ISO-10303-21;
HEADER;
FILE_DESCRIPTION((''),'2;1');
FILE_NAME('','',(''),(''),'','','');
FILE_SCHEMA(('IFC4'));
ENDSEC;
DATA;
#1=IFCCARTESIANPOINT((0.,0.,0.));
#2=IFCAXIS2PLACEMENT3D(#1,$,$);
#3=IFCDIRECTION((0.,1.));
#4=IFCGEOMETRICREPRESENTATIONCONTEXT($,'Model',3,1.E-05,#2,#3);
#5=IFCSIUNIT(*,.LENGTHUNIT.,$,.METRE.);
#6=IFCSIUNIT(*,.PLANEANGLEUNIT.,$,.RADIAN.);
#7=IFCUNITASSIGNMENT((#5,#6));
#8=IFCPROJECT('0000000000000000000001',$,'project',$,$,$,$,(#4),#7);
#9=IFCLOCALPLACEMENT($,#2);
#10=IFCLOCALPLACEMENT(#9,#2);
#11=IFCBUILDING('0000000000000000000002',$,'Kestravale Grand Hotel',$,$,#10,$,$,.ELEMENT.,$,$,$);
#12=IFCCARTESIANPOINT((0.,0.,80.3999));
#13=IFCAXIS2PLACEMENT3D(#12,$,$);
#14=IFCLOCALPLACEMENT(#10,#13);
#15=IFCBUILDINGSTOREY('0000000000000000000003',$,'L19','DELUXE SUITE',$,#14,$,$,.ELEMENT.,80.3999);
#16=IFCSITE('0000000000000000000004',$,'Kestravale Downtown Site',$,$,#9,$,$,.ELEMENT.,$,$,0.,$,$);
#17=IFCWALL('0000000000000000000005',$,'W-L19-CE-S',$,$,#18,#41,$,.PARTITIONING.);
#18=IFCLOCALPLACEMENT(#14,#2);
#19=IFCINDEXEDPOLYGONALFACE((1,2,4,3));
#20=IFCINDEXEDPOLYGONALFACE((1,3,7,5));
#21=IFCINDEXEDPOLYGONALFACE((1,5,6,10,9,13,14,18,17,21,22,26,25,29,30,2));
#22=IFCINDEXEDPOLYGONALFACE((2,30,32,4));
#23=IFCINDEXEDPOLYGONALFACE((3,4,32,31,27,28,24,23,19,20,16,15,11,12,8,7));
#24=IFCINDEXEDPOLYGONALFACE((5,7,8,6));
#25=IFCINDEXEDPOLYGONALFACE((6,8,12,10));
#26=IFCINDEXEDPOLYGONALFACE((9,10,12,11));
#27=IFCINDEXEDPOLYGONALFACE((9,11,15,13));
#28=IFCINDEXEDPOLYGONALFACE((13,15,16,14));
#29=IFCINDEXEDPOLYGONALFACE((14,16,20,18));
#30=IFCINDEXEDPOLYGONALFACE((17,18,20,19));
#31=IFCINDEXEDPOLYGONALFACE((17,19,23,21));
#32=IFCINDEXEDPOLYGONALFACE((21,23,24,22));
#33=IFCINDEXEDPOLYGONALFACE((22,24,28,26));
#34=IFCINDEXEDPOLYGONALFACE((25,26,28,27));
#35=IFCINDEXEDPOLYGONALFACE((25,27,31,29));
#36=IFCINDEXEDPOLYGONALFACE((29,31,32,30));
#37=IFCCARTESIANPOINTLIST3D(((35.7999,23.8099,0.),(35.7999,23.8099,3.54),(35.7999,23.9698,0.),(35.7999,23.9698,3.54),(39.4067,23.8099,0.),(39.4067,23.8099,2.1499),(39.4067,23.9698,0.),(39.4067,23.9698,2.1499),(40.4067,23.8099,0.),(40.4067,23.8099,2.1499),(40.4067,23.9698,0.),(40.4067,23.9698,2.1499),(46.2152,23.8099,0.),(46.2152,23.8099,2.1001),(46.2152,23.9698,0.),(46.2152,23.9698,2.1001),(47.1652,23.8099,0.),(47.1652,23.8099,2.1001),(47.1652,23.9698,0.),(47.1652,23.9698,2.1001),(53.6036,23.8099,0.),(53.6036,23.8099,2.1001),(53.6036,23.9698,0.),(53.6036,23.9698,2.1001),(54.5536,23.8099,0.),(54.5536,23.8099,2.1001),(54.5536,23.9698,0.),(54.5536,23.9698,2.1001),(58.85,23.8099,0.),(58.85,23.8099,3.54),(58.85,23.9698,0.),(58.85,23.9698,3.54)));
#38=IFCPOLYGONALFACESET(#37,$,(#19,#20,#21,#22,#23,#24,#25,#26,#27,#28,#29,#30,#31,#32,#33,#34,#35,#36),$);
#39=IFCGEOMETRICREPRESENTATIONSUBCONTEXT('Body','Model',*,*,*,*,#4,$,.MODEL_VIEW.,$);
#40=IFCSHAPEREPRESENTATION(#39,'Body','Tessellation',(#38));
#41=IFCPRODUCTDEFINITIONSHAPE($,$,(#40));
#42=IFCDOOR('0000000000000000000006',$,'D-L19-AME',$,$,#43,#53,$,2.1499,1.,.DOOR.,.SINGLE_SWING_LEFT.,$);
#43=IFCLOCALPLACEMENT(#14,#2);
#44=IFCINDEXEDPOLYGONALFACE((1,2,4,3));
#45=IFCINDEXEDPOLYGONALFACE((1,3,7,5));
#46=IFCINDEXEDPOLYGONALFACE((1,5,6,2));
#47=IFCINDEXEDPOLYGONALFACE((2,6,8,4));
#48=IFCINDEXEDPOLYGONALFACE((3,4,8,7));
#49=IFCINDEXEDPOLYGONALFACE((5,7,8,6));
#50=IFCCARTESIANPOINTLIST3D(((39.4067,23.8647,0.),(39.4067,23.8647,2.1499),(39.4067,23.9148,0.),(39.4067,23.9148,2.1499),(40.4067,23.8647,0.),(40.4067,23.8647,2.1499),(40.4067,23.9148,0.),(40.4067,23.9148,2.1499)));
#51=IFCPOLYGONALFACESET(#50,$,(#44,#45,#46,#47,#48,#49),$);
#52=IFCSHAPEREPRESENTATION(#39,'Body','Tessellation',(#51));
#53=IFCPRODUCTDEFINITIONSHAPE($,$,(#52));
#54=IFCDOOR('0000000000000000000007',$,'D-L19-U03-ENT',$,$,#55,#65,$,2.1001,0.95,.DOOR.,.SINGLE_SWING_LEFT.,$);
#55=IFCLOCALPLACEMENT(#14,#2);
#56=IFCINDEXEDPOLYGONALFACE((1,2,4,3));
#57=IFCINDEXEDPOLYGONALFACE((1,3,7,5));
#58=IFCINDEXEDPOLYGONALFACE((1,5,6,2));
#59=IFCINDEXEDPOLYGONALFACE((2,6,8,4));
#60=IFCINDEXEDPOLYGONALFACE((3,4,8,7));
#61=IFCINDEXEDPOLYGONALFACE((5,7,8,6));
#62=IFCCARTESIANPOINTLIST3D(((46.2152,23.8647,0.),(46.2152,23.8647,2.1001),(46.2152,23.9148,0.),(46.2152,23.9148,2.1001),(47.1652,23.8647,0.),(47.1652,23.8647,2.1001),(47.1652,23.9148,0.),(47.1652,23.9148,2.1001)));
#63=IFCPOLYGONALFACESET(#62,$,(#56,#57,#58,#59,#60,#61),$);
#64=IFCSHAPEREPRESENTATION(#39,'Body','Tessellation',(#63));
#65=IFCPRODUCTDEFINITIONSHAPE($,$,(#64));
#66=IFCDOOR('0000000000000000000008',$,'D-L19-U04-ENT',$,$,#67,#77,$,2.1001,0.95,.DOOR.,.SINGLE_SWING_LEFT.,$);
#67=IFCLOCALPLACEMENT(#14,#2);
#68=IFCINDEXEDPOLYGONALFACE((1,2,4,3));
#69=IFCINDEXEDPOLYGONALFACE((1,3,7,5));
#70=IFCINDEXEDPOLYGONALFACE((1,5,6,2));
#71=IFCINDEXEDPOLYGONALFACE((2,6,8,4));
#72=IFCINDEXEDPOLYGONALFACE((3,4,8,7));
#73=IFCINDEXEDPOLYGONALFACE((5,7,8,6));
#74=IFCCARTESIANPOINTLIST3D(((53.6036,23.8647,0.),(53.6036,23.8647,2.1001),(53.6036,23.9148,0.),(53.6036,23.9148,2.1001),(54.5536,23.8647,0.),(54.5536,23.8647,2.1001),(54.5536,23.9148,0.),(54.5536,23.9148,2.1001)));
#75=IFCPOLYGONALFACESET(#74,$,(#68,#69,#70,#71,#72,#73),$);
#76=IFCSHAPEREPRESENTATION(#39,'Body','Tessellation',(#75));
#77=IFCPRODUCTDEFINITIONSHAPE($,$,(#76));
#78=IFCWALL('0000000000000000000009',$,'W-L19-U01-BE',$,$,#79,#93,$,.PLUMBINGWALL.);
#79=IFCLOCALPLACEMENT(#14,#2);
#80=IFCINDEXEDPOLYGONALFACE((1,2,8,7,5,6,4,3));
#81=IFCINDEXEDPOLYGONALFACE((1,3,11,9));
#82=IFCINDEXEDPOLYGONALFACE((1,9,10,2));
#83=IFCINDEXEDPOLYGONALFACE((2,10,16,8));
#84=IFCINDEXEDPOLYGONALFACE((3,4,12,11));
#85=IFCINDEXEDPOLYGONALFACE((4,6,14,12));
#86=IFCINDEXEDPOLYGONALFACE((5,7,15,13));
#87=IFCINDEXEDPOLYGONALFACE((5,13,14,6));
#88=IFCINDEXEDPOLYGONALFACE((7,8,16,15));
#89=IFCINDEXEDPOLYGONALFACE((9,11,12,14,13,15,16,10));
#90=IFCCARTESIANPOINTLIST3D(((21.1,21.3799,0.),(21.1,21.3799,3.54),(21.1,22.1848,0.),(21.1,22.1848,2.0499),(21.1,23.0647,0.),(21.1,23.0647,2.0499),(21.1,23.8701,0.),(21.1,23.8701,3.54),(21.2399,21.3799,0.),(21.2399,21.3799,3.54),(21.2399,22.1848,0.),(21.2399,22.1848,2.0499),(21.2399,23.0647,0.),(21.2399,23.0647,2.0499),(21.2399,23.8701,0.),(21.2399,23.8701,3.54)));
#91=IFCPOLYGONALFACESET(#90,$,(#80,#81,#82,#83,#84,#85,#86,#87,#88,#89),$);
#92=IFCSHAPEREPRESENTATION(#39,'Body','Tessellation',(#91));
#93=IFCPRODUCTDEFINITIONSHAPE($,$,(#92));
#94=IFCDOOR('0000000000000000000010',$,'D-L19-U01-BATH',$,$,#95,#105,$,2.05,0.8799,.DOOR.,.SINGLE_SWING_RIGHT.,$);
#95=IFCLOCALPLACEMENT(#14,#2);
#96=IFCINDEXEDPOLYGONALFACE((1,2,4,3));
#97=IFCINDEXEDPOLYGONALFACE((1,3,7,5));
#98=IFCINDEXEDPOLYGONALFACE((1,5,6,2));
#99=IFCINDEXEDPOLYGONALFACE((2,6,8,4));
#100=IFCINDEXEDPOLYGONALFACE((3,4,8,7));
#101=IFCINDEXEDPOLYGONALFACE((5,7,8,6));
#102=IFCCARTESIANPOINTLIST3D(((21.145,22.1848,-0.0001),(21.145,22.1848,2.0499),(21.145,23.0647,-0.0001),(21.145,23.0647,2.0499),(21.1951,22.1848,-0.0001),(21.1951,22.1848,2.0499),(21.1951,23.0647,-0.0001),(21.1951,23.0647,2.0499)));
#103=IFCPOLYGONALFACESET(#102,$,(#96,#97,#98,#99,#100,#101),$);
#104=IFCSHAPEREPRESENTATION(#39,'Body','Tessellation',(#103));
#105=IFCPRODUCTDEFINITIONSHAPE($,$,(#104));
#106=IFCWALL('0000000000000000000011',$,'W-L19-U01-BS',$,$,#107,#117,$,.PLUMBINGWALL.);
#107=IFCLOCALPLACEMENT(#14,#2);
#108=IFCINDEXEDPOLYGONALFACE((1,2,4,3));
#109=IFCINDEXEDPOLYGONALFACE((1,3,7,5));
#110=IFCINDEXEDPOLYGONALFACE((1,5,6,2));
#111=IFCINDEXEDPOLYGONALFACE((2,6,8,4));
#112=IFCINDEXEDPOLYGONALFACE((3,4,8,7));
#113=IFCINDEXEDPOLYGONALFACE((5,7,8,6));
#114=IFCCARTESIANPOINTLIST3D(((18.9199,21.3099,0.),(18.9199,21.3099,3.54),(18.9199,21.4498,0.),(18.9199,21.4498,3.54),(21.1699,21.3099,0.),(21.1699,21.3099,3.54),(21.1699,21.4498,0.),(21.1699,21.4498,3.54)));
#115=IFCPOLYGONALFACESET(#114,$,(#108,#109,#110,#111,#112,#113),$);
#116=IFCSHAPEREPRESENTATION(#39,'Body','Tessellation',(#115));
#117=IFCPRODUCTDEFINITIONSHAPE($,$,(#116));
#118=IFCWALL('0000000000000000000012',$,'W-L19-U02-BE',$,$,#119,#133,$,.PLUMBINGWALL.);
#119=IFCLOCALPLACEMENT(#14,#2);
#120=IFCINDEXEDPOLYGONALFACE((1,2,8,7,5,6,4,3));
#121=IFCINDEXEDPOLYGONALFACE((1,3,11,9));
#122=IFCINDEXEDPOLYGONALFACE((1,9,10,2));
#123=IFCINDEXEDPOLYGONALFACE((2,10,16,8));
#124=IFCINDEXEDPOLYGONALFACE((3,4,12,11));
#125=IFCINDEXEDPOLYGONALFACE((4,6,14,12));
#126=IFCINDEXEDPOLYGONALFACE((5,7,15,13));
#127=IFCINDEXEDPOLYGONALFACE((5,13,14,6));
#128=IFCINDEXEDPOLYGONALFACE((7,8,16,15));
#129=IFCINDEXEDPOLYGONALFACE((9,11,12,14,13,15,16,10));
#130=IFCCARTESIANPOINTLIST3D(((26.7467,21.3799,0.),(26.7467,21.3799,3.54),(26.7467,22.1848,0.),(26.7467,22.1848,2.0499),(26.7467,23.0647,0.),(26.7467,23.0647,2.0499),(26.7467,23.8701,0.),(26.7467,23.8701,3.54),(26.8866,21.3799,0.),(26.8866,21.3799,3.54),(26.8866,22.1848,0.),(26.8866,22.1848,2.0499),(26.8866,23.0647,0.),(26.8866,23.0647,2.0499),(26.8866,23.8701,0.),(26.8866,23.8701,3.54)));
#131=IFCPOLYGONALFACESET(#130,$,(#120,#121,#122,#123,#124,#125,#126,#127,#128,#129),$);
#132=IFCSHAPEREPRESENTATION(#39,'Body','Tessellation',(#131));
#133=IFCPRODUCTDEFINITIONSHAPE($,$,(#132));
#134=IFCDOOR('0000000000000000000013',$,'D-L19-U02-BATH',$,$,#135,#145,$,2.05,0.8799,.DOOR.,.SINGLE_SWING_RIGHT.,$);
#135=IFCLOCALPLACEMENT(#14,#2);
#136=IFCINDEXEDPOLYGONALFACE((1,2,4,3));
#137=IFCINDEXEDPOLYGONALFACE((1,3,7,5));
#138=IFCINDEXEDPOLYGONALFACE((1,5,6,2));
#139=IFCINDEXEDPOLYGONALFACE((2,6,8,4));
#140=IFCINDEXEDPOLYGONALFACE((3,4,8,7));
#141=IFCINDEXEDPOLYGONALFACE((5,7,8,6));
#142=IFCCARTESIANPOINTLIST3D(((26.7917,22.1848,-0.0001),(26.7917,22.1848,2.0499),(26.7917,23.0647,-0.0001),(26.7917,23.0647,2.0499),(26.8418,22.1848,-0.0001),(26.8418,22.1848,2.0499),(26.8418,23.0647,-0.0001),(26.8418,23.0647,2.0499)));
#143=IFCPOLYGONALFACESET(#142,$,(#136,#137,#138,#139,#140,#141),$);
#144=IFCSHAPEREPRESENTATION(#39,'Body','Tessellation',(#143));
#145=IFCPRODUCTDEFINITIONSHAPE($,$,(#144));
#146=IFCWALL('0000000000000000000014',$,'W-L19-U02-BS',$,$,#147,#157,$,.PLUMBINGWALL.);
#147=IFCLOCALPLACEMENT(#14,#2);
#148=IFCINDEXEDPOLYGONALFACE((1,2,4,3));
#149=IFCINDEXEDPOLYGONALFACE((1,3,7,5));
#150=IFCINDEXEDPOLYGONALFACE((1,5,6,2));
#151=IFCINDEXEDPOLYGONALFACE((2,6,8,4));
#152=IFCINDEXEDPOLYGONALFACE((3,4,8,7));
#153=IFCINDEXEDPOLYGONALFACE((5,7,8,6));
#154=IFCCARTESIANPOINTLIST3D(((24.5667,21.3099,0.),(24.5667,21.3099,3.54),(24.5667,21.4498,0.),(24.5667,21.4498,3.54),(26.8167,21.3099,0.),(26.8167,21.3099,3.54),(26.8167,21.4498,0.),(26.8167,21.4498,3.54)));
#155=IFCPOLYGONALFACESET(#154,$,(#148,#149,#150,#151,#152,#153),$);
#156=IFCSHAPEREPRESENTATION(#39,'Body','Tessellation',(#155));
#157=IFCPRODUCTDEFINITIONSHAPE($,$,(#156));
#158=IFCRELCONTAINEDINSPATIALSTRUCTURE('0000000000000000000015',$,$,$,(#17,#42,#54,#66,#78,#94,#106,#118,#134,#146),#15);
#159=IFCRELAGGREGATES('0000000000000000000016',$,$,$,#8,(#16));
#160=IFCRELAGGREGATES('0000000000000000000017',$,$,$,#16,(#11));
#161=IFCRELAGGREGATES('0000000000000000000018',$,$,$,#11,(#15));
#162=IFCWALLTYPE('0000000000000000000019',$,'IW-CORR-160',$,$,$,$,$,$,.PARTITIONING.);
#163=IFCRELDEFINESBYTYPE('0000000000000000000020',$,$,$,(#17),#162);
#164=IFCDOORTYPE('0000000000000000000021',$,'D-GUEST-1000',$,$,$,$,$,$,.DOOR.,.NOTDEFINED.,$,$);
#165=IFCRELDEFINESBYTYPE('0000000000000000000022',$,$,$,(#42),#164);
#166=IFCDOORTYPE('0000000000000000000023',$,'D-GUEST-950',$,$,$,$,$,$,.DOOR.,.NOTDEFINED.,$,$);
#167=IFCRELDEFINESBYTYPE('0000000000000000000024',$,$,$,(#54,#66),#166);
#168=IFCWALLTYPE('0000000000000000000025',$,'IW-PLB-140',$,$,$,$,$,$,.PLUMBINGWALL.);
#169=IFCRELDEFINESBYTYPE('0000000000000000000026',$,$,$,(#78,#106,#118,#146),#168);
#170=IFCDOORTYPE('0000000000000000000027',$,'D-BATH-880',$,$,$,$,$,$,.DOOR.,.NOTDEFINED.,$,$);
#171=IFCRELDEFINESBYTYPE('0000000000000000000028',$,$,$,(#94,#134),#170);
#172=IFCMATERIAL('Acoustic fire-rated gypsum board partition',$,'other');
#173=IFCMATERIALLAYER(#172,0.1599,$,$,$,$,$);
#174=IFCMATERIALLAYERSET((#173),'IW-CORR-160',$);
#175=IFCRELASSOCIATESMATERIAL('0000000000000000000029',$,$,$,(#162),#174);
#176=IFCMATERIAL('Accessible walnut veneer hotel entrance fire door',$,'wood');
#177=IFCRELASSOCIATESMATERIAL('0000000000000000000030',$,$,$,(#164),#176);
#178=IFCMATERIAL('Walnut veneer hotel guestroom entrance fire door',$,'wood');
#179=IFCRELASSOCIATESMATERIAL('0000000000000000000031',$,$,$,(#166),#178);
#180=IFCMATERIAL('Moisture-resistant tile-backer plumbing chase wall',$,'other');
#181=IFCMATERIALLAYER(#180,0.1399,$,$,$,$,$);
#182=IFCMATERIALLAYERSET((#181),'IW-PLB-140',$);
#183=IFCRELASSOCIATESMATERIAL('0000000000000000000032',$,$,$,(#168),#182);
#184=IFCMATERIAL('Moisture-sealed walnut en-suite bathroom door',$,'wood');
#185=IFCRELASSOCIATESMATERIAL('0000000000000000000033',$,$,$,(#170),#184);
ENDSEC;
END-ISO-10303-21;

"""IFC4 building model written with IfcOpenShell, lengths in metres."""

from ifc_helpers import new_model, si_unit, direction, frame, frame_2d, origin, place, context, subcontext, project, spatial, rectangle, extrude, material, layer, layer_set, type_object, element, fill, save


model = new_model("IFC4")

# Units and contexts
model_context = context("Model", 3, precision=1e-05, world=origin(), true_north=direction((0.0, 1.0)))
body_context = subcontext(model_context, "Body", "Model", "MODEL_VIEW")
ifc_project = project(units=[si_unit("LENGTHUNIT", "METRE"), si_unit("PLANEANGLEUNIT", "RADIAN")], contexts=[model_context])

# Site, building, storey
site_placement = place(None, origin())
site = spatial("IfcSite", under=ifc_project, at=site_placement, Name="Kestravale Downtown Site", CompositionType="ELEMENT", RefElevation=0.0)
building_placement = place(site_placement, origin())
building = spatial("IfcBuilding", under=site, at=building_placement, Name="Kestravale Grand Hotel", CompositionType="ELEMENT")
storey_placement = place(building_placement, frame((0.0, 0.0, 80.3999)))
storey = spatial("IfcBuildingStorey", under=building, at=storey_placement, Name="L19", Description="DELUXE SUITE", CompositionType="ELEMENT", Elevation=80.3999)

# Shared definitions
ifc_material_1 = material(Name="Acoustic fire-rated gypsum board partition", Category="other")
ifc_layer_1 = layer(ifc_material_1, 0.1599)
ifc_layer_set_1 = layer_set([ifc_layer_1], Name="IW-CORR-160")
wall_type_1 = type_object("IfcWallType", Name="IW-CORR-160", PredefinedType="PARTITIONING", material=ifc_layer_set_1)

# Wall, openings, doors
wall_1_placement = place(storey_placement, frame((35.8, 23.8899, 0.0), z_axis=(0.0, 0.0, 1.0), x_axis=(1.0, 0.0, 0.0)))
wall_1 = element("IfcWall", 1, at=wall_1_placement, inside=storey, type_object=wall_type_1, Name="W-L19-CE-S", PredefinedType="PARTITIONING", context=body_context, shape_type="SweptSolid", body=[
    extrude(rectangle(XDim=23.05, YDim=0.1599, at=frame_2d((11.5249, 0.0))), origin(), (0.0, 0.0, 1.0), 3.54),
])
opening_1_placement = place(wall_1_placement, frame((3.6067, 0.0, 0.0)))
opening_1 = element("IfcOpeningElement", 2, at=opening_1_placement, cuts=wall_1, PredefinedType="OPENING", context=body_context, shape_type="SweptSolid", body=[
    extrude(rectangle(XDim=1.0, YDim=2.1499, at=frame_2d((0.5, 1.075))), frame((0.0, 0.0898, 0.0), z_axis=(0.0, -1.0, 0.0), x_axis=(1.0, 0.0, 0.0)), (0.0, 0.0, 1.0), 0.1799),
])
opening_2_placement = place(wall_1_placement, frame((10.415, 0.0, 0.0)))
opening_2 = element("IfcOpeningElement", 3, at=opening_2_placement, cuts=wall_1, PredefinedType="OPENING", context=body_context, shape_type="SweptSolid", body=[
    extrude(rectangle(XDim=0.95, YDim=2.1001, at=frame_2d((0.4751, 1.05))), frame((0.0, 0.0898, 0.0), z_axis=(0.0, -1.0, 0.0), x_axis=(1.0, 0.0, 0.0)), (0.0, 0.0, 1.0), 0.1799),
])
opening_3_placement = place(wall_1_placement, frame((17.8035, 0.0, 0.0)))
opening_3 = element("IfcOpeningElement", 4, at=opening_3_placement, cuts=wall_1, PredefinedType="OPENING", context=body_context, shape_type="SweptSolid", body=[
    extrude(rectangle(XDim=0.95, YDim=2.1001, at=frame_2d((0.4751, 1.05))), frame((0.0, 0.0898, 0.0), z_axis=(0.0, -1.0, 0.0), x_axis=(1.0, 0.0, 0.0)), (0.0, 0.0, 1.0), 0.1799),
])
ifc_material_2 = material(Name="Accessible walnut veneer hotel entrance fire door", Category="wood")
door_type_1 = type_object("IfcDoorType", Name="D-GUEST-1000", OperationType="NOTDEFINED", PredefinedType="DOOR", material=ifc_material_2)
door_1_placement = place(opening_1_placement, origin())
door_1 = element("IfcDoor", 5, at=door_1_placement, inside=storey, type_object=door_type_1, Name="D-L19-AME", OperationType="SINGLE_SWING_LEFT", OverallHeight=2.1499, OverallWidth=1.0, PredefinedType="DOOR", context=body_context, shape_type="SweptSolid", body=[
    extrude(rectangle(XDim=1.0, YDim=2.1499, at=frame_2d((0.5, 1.075))), frame((0.0, 0.0249, 0.0), z_axis=(0.0, -1.0, 0.0), x_axis=(1.0, 0.0, 0.0)), (0.0, 0.0, 1.0), 0.05),
])
fill(opening_1, door_1)
ifc_material_3 = material(Name="Walnut veneer hotel guestroom entrance fire door", Category="wood")
door_type_2 = type_object("IfcDoorType", Name="D-GUEST-950", OperationType="NOTDEFINED", PredefinedType="DOOR", material=ifc_material_3)
door_2_placement = place(opening_2_placement, origin())
door_2 = element("IfcDoor", 6, at=door_2_placement, inside=storey, type_object=door_type_2, Name="D-L19-U03-ENT", OperationType="SINGLE_SWING_LEFT", OverallHeight=2.1001, OverallWidth=0.95, PredefinedType="DOOR", context=body_context, shape_type="SweptSolid", body=[
    extrude(rectangle(XDim=0.95, YDim=2.1001, at=frame_2d((0.4751, 1.05))), frame((0.0, 0.0249, 0.0), z_axis=(0.0, -1.0, 0.0), x_axis=(1.0, 0.0, 0.0)), (0.0, 0.0, 1.0), 0.05),
])
fill(opening_2, door_2)
door_3_placement = place(opening_3_placement, origin())
door_3 = element("IfcDoor", 7, at=door_3_placement, inside=storey, type_object=door_type_2, Name="D-L19-U04-ENT", OperationType="SINGLE_SWING_LEFT", OverallHeight=2.1001, OverallWidth=0.95, PredefinedType="DOOR", context=body_context, shape_type="SweptSolid", body=[
    extrude(rectangle(XDim=0.95, YDim=2.1001, at=frame_2d((0.4751, 1.05))), frame((0.0, 0.0249, 0.0), z_axis=(0.0, -1.0, 0.0), x_axis=(1.0, 0.0, 0.0)), (0.0, 0.0, 1.0), 0.05),
])
fill(opening_3, door_3)

# Wall, opening, door
ifc_material_4 = material(Name="Moisture-resistant tile-backer plumbing chase wall", Category="other")
ifc_layer_2 = layer(ifc_material_4, 0.1399)
ifc_layer_set_2 = layer_set([ifc_layer_2], Name="IW-PLB-140")
wall_type_2 = type_object("IfcWallType", Name="IW-PLB-140", PredefinedType="PLUMBINGWALL", material=ifc_layer_set_2)
wall_2_placement = place(storey_placement, frame((21.1699, 21.3799, 0.0), z_axis=(0.0, 0.0, 1.0), x_axis=(0.0, 1.0, 0.0)))
wall_2 = element("IfcWall", 8, at=wall_2_placement, inside=storey, type_object=wall_type_2, Name="W-L19-U01-BE", PredefinedType="PLUMBINGWALL", context=body_context, shape_type="SweptSolid", body=[
    extrude(rectangle(XDim=2.4902, YDim=0.1399, at=frame_2d((1.2451, 0.0))), origin(), (0.0, 0.0, 1.0), 3.54),
])
opening_4_placement = place(wall_2_placement, frame((0.8049, 0.0, 0.0)))
opening_4 = element("IfcOpeningElement", 9, at=opening_4_placement, cuts=wall_2, PredefinedType="OPENING", context=body_context, shape_type="SweptSolid", body=[
    extrude(rectangle(XDim=0.8799, YDim=2.05, at=frame_2d((0.4399, 1.0249))), frame((0.0, 0.0798, 0.0), z_axis=(0.0, -1.0, 0.0), x_axis=(1.0, 0.0, 0.0)), (0.0, 0.0, 1.0), 0.1599),
])
ifc_material_5 = material(Name="Moisture-sealed walnut en-suite bathroom door", Category="wood")
door_type_3 = type_object("IfcDoorType", Name="D-BATH-880", OperationType="NOTDEFINED", PredefinedType="DOOR", material=ifc_material_5)
door_4_placement = place(opening_4_placement, origin())
door_4 = element("IfcDoor", 10, at=door_4_placement, inside=storey, type_object=door_type_3, Name="D-L19-U01-BATH", OperationType="SINGLE_SWING_RIGHT", OverallHeight=2.05, OverallWidth=0.8799, PredefinedType="DOOR", context=body_context, shape_type="SweptSolid", body=[
    extrude(rectangle(XDim=0.8799, YDim=2.05, at=frame_2d((0.4399, 1.0249))), frame((0.0, 0.0249, 0.0), z_axis=(0.0, -1.0, 0.0), x_axis=(1.0, 0.0, 0.0)), (0.0, 0.0, 1.0), 0.05),
])
fill(opening_4, door_4)

# Wall
wall_3_placement = place(storey_placement, frame((18.9199, 21.3799, 0.0), z_axis=(0.0, 0.0, 1.0), x_axis=(1.0, 0.0, 0.0)))
element("IfcWall", 11, at=wall_3_placement, inside=storey, type_object=wall_type_2, Name="W-L19-U01-BS", PredefinedType="PLUMBINGWALL", context=body_context, shape_type="SweptSolid", body=[
    extrude(rectangle(XDim=2.25, YDim=0.1399, at=frame_2d((1.125, 0.0))), origin(), (0.0, 0.0, 1.0), 3.54),
])

# Wall, opening, door
wall_4_placement = place(storey_placement, frame((26.8167, 21.3799, 0.0), z_axis=(0.0, 0.0, 1.0), x_axis=(0.0, 1.0, 0.0)))
wall_4 = element("IfcWall", 12, at=wall_4_placement, inside=storey, type_object=wall_type_2, Name="W-L19-U02-BE", PredefinedType="PLUMBINGWALL", context=body_context, shape_type="SweptSolid", body=[
    extrude(rectangle(XDim=2.4902, YDim=0.1399, at=frame_2d((1.2451, 0.0))), origin(), (0.0, 0.0, 1.0), 3.54),
])
opening_5_placement = place(wall_4_placement, frame((0.8049, 0.0, 0.0)))
opening_5 = element("IfcOpeningElement", 13, at=opening_5_placement, cuts=wall_4, PredefinedType="OPENING", context=body_context, shape_type="SweptSolid", body=[
    extrude(rectangle(XDim=0.8799, YDim=2.05, at=frame_2d((0.4399, 1.0249))), frame((0.0, 0.0798, 0.0), z_axis=(0.0, -1.0, 0.0), x_axis=(1.0, 0.0, 0.0)), (0.0, 0.0, 1.0), 0.1599),
])
door_5_placement = place(opening_5_placement, origin())
door_5 = element("IfcDoor", 14, at=door_5_placement, inside=storey, type_object=door_type_3, Name="D-L19-U02-BATH", OperationType="SINGLE_SWING_RIGHT", OverallHeight=2.05, OverallWidth=0.8799, PredefinedType="DOOR", context=body_context, shape_type="SweptSolid", body=[
    extrude(rectangle(XDim=0.8799, YDim=2.05, at=frame_2d((0.4399, 1.0249))), frame((0.0, 0.0249, 0.0), z_axis=(0.0, -1.0, 0.0), x_axis=(1.0, 0.0, 0.0)), (0.0, 0.0, 1.0), 0.05),
])
fill(opening_5, door_5)

# Wall
wall_5_placement = place(storey_placement, frame((24.5667, 21.3799, 0.0), z_axis=(0.0, 0.0, 1.0), x_axis=(1.0, 0.0, 0.0)))
element("IfcWall", 15, at=wall_5_placement, inside=storey, type_object=wall_type_2, Name="W-L19-U02-BS", PredefinedType="PLUMBINGWALL", context=body_context, shape_type="SweptSolid", body=[
    extrude(rectangle(XDim=2.25, YDim=0.1399, at=frame_2d((1.125, 0.0))), origin(), (0.0, 0.0, 1.0), 3.54),
])

save(model, "model.ifc")
